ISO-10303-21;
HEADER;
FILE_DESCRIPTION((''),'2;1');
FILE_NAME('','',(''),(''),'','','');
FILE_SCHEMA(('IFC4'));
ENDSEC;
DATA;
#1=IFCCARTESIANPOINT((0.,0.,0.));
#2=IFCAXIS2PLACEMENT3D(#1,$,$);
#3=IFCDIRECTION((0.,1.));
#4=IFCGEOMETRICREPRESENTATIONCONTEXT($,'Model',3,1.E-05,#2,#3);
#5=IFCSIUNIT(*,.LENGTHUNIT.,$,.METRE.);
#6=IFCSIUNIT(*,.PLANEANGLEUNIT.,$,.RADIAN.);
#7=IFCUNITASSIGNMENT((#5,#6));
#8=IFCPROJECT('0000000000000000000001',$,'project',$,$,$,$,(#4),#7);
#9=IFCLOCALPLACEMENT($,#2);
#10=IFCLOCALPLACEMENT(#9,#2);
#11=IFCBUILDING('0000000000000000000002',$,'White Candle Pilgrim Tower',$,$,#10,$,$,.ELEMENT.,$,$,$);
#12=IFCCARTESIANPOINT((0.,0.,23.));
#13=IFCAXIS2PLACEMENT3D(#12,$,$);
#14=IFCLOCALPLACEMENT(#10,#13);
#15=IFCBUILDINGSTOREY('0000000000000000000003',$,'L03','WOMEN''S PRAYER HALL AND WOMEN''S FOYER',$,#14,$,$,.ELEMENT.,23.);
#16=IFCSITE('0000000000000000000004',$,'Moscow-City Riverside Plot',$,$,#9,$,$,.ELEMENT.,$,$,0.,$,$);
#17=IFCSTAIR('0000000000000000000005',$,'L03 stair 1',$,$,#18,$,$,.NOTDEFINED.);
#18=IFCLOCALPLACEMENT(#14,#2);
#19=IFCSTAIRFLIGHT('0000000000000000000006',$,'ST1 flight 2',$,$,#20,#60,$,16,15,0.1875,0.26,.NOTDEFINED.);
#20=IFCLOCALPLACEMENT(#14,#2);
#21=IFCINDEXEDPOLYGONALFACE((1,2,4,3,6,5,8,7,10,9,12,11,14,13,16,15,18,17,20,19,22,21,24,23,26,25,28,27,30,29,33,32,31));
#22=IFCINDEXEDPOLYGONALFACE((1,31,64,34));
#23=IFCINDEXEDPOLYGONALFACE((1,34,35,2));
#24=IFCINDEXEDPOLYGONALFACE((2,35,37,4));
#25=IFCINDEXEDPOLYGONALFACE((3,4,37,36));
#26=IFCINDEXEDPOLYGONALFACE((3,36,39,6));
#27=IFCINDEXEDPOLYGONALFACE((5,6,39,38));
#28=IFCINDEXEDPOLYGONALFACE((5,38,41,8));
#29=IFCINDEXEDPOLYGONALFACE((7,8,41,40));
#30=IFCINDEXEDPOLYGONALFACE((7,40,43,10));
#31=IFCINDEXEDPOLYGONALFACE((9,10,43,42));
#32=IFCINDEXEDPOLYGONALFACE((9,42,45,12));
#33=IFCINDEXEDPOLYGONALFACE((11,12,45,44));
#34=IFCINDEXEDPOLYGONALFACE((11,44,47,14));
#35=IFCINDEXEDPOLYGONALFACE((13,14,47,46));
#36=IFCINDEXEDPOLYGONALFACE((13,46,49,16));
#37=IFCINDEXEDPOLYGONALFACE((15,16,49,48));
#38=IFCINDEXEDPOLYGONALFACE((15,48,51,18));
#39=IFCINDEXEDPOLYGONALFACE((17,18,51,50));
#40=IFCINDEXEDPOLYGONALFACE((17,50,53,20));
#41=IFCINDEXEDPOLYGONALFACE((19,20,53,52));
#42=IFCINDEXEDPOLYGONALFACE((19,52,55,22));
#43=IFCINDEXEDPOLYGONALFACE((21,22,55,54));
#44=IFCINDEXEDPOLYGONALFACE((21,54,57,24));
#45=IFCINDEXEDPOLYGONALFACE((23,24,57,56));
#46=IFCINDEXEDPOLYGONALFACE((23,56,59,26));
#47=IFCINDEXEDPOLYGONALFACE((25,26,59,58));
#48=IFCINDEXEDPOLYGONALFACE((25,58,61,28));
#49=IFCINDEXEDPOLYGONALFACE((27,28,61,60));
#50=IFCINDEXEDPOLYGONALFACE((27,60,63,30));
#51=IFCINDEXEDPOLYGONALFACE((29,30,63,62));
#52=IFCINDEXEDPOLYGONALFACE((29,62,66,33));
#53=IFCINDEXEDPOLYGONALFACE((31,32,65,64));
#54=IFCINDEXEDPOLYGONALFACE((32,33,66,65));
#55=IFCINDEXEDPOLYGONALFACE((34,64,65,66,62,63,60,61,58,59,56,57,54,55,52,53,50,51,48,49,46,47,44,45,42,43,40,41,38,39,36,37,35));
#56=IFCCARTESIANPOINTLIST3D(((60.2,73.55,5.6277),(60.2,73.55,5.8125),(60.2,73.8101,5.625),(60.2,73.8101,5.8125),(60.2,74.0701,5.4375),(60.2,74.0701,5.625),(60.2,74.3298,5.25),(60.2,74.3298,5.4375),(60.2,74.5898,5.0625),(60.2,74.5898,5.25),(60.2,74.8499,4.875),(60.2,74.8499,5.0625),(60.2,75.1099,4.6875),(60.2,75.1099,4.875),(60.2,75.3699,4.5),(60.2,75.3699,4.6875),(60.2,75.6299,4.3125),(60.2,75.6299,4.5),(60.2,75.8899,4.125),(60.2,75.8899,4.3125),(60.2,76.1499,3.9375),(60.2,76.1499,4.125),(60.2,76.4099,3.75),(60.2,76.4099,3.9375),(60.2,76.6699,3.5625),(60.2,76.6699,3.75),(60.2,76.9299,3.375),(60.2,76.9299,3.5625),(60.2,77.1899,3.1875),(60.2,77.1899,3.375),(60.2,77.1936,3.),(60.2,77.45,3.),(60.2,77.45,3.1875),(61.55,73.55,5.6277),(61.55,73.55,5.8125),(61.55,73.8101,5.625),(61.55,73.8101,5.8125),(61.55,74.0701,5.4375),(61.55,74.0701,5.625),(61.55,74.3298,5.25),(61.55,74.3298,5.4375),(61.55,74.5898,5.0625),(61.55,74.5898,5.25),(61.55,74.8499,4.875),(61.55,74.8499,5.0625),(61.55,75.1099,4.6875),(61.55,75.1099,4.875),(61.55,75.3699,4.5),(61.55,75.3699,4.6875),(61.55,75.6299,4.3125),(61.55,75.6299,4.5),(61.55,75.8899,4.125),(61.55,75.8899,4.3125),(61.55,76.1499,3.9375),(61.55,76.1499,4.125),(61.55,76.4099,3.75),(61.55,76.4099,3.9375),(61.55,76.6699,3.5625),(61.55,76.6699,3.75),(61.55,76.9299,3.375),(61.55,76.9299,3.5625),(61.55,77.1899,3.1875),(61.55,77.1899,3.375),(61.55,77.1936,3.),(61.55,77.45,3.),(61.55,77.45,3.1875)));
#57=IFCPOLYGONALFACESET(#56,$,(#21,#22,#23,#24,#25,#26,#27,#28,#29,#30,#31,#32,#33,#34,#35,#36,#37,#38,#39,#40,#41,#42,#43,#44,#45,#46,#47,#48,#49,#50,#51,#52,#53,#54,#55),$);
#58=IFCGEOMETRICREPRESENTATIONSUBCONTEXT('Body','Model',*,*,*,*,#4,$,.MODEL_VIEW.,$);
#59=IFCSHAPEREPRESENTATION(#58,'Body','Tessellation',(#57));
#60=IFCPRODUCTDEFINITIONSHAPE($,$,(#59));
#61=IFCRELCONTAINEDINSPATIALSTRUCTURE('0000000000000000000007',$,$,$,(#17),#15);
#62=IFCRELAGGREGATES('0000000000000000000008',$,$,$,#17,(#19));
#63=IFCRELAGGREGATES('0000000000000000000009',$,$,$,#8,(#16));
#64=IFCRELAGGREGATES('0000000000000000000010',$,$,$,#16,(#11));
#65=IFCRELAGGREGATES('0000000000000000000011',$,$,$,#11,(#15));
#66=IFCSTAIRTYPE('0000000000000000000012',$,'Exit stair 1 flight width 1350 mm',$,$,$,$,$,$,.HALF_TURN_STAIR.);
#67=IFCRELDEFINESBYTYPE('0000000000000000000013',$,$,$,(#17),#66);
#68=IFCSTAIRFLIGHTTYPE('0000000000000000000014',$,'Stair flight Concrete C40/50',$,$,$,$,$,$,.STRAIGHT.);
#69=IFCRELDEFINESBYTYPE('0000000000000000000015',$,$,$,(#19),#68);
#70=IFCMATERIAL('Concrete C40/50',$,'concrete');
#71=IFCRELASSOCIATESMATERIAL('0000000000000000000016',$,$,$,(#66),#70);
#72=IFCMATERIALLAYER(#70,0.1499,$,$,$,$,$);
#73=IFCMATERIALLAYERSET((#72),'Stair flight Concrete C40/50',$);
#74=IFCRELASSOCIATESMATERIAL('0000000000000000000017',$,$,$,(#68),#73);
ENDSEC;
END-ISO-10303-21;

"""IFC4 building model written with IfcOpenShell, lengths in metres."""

from ifc_helpers import new_model, si_unit, direction, frame, origin, place, context, subcontext, project, spatial, polyline, outline, extrude, material, layer, layer_set, type_object, element, aggregate, save


model = new_model("IFC4")

# Units and contexts
model_context = context("Model", 3, precision=1e-05, world=origin(), true_north=direction((0.0, 1.0)))
body_context = subcontext(model_context, "Body", "Model", "MODEL_VIEW")
ifc_project = project(units=[si_unit("LENGTHUNIT", "METRE"), si_unit("PLANEANGLEUNIT", "RADIAN")], contexts=[model_context])

# Site, building, storey
site_placement = place(None, origin())
site = spatial("IfcSite", under=ifc_project, at=site_placement, Name="Moscow-City Riverside Plot", CompositionType="ELEMENT", RefElevation=0.0)
building_placement = place(site_placement, origin())
building = spatial("IfcBuilding", under=site, at=building_placement, Name="White Candle Pilgrim Tower", CompositionType="ELEMENT")
storey_placement = place(building_placement, frame((0.0, 0.0, 23.0)))
storey = spatial("IfcBuildingStorey", under=building, at=storey_placement, Name="L03", Description="WOMEN'S PRAYER HALL AND WOMEN'S FOYER", CompositionType="ELEMENT", Elevation=23.0)

# Stair, stair flight
ifc_material_1 = material(Name="Concrete C40/50", Category="concrete")
stair_type = type_object("IfcStairType", Name="Exit stair 1 flight width 1350 mm", PredefinedType="HALF_TURN_STAIR", material=ifc_material_1)
stair_placement = place(storey_placement, origin())
stair = element("IfcStair", 1, at=stair_placement, inside=storey, type_object=stair_type, Name="L03 stair 1", PredefinedType="NOTDEFINED")
ifc_layer_1 = layer(ifc_material_1, 0.1499)
ifc_layer_set_1 = layer_set([ifc_layer_1], Name="Stair flight Concrete C40/50")
stair_flight_type = type_object("IfcStairFlightType", Name="Stair flight Concrete C40/50", PredefinedType="STRAIGHT", material=ifc_layer_set_1)
stair_flight_1_placement = place(storey_placement, frame((60.875, 77.45, 3.0), z_axis=(0.0, 0.0, 1.0), x_axis=(0.0, -1.0, 0.0)))
stair_flight_1 = element("IfcStairFlight", 2, at=stair_flight_1_placement, type_object=stair_flight_type, Name="ST1 flight 2", NumberOfRisers=16, NumberOfTreads=15, PredefinedType="NOTDEFINED", RiserHeight=0.1875, TreadLength=0.26, context=body_context, shape_type="SweptSolid", body=[
    extrude(outline(polyline([(0.0, 0.0), (0.0, 0.1875), (0.26, 0.1875), (0.26, 0.375), (0.52, 0.375), (0.52, 0.5625), (0.78, 0.5625), (0.78, 0.75), (1.04, 0.75), (1.04, 0.9375), (1.3, 0.9375), (1.3, 1.125), (1.5601, 1.125), (1.5601, 1.3125), (1.8201, 1.3125), (1.8201, 1.5), (2.0801, 1.5), (2.0801, 1.6875), (2.3401, 1.6875), (2.3401, 1.875), (2.6001, 1.875), (2.6001, 2.0625), (2.8601, 2.0625), (2.8601, 2.25), (3.1201, 2.25), (3.1201, 2.4375), (3.3799, 2.4375), (3.3799, 2.625), (3.6399, 2.625), (3.6399, 2.8125), (3.8999, 2.8125), (3.8999, 3.0), (3.8999, 2.6277), (0.2563, 0.0), (0.0, 0.0)])), frame((0.0, 0.675, 0.0), z_axis=(0.0, -1.0, 0.0), x_axis=(1.0, 0.0, 0.0)), (0.0, 0.0, 1.0), 1.3501),
])
aggregate(stair, [stair_flight_1])

save(model, "model.ifc")
